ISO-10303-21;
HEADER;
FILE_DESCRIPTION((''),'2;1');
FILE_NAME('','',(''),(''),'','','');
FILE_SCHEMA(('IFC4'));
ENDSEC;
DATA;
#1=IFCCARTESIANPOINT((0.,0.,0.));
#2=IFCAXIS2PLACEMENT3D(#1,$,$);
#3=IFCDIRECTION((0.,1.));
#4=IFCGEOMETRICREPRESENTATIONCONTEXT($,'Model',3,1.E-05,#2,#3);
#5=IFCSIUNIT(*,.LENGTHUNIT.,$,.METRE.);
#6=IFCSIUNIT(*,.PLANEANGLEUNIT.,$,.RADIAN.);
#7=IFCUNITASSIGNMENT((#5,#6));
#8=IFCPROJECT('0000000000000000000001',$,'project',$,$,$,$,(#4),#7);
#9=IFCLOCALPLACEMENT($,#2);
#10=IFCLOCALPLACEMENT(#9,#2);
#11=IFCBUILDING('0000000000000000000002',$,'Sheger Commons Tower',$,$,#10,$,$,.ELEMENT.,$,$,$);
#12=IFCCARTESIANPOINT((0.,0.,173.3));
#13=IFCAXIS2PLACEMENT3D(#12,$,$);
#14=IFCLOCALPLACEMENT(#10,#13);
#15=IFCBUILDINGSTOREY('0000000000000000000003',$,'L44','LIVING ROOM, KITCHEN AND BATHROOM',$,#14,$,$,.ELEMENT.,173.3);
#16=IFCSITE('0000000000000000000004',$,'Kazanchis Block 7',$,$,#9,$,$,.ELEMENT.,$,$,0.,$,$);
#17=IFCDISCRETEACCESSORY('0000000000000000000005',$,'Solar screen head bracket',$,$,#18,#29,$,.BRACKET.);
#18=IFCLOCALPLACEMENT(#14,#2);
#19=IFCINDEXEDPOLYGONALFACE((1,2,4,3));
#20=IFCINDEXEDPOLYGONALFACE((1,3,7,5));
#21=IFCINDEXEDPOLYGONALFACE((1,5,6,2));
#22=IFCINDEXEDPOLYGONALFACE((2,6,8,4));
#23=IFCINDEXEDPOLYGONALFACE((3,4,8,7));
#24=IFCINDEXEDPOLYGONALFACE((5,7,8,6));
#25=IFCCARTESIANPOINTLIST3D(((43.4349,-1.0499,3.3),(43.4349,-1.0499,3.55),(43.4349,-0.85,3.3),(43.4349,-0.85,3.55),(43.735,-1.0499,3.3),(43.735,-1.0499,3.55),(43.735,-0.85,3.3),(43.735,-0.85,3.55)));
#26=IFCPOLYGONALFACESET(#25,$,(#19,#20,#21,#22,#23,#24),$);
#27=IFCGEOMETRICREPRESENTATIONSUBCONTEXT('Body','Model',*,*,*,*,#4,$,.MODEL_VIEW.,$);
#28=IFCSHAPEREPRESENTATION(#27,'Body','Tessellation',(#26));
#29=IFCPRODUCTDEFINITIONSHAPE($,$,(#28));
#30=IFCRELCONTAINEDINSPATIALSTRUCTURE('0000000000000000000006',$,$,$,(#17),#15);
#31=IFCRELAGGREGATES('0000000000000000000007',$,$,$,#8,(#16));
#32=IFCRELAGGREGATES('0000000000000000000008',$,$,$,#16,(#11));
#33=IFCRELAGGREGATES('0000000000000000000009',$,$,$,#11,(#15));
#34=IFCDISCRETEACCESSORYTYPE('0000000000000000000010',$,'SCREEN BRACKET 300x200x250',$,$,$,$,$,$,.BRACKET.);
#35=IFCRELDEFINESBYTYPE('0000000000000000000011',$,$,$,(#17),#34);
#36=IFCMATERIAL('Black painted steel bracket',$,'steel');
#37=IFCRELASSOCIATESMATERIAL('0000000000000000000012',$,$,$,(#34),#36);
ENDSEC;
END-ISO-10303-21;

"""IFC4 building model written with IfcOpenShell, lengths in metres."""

from ifc_helpers import new_model, si_unit, direction, frame, origin, origin_2d, place, context, subcontext, project, spatial, rectangle, extrude, material, type_object, element, save


model = new_model("IFC4")

# Units and contexts
model_context = context("Model", 3, precision=1e-05, world=origin(), true_north=direction((0.0, 1.0)))
body_context = subcontext(model_context, "Body", "Model", "MODEL_VIEW")
ifc_project = project(units=[si_unit("LENGTHUNIT", "METRE"), si_unit("PLANEANGLEUNIT", "RADIAN")], contexts=[model_context])

# Site, building, storey
site_placement = place(None, origin())
site = spatial("IfcSite", under=ifc_project, at=site_placement, Name="Kazanchis Block 7", CompositionType="ELEMENT", RefElevation=0.0)
building_placement = place(site_placement, origin())
building = spatial("IfcBuilding", under=site, at=building_placement, Name="Sheger Commons Tower", CompositionType="ELEMENT")
storey_placement = place(building_placement, frame((0.0, 0.0, 173.3)))
storey = spatial("IfcBuildingStorey", under=building, at=storey_placement, Name="L44", Description="LIVING ROOM, KITCHEN AND BATHROOM", CompositionType="ELEMENT", Elevation=173.3)

# Discrete accessory
ifc_material_1 = material(Name="Black painted steel bracket", Category="steel")
discrete_accessory_type = type_object("IfcDiscreteAccessoryType", Name="SCREEN BRACKET 300x200x250", PredefinedType="BRACKET", material=ifc_material_1)
for number, where, z_axis, x_axis, name in (
    (1, (43.585, -0.95, 3.3), (0.0, 0.0, 1.0), (1.0, 0.0, 0.0), "Solar screen head bracket"),
):
    element("IfcDiscreteAccessory", number, at=place(storey_placement, frame(where, z_axis=z_axis, x_axis=x_axis)), inside=storey, type_object=discrete_accessory_type, Name=name, PredefinedType="BRACKET", context=body_context, shape_type="SweptSolid", body=[
        extrude(rectangle(XDim=0.3, YDim=0.2, at=origin_2d()), origin(), (0.0, 0.0, 1.0), 0.25),
    ])

save(model, "model.ifc")
